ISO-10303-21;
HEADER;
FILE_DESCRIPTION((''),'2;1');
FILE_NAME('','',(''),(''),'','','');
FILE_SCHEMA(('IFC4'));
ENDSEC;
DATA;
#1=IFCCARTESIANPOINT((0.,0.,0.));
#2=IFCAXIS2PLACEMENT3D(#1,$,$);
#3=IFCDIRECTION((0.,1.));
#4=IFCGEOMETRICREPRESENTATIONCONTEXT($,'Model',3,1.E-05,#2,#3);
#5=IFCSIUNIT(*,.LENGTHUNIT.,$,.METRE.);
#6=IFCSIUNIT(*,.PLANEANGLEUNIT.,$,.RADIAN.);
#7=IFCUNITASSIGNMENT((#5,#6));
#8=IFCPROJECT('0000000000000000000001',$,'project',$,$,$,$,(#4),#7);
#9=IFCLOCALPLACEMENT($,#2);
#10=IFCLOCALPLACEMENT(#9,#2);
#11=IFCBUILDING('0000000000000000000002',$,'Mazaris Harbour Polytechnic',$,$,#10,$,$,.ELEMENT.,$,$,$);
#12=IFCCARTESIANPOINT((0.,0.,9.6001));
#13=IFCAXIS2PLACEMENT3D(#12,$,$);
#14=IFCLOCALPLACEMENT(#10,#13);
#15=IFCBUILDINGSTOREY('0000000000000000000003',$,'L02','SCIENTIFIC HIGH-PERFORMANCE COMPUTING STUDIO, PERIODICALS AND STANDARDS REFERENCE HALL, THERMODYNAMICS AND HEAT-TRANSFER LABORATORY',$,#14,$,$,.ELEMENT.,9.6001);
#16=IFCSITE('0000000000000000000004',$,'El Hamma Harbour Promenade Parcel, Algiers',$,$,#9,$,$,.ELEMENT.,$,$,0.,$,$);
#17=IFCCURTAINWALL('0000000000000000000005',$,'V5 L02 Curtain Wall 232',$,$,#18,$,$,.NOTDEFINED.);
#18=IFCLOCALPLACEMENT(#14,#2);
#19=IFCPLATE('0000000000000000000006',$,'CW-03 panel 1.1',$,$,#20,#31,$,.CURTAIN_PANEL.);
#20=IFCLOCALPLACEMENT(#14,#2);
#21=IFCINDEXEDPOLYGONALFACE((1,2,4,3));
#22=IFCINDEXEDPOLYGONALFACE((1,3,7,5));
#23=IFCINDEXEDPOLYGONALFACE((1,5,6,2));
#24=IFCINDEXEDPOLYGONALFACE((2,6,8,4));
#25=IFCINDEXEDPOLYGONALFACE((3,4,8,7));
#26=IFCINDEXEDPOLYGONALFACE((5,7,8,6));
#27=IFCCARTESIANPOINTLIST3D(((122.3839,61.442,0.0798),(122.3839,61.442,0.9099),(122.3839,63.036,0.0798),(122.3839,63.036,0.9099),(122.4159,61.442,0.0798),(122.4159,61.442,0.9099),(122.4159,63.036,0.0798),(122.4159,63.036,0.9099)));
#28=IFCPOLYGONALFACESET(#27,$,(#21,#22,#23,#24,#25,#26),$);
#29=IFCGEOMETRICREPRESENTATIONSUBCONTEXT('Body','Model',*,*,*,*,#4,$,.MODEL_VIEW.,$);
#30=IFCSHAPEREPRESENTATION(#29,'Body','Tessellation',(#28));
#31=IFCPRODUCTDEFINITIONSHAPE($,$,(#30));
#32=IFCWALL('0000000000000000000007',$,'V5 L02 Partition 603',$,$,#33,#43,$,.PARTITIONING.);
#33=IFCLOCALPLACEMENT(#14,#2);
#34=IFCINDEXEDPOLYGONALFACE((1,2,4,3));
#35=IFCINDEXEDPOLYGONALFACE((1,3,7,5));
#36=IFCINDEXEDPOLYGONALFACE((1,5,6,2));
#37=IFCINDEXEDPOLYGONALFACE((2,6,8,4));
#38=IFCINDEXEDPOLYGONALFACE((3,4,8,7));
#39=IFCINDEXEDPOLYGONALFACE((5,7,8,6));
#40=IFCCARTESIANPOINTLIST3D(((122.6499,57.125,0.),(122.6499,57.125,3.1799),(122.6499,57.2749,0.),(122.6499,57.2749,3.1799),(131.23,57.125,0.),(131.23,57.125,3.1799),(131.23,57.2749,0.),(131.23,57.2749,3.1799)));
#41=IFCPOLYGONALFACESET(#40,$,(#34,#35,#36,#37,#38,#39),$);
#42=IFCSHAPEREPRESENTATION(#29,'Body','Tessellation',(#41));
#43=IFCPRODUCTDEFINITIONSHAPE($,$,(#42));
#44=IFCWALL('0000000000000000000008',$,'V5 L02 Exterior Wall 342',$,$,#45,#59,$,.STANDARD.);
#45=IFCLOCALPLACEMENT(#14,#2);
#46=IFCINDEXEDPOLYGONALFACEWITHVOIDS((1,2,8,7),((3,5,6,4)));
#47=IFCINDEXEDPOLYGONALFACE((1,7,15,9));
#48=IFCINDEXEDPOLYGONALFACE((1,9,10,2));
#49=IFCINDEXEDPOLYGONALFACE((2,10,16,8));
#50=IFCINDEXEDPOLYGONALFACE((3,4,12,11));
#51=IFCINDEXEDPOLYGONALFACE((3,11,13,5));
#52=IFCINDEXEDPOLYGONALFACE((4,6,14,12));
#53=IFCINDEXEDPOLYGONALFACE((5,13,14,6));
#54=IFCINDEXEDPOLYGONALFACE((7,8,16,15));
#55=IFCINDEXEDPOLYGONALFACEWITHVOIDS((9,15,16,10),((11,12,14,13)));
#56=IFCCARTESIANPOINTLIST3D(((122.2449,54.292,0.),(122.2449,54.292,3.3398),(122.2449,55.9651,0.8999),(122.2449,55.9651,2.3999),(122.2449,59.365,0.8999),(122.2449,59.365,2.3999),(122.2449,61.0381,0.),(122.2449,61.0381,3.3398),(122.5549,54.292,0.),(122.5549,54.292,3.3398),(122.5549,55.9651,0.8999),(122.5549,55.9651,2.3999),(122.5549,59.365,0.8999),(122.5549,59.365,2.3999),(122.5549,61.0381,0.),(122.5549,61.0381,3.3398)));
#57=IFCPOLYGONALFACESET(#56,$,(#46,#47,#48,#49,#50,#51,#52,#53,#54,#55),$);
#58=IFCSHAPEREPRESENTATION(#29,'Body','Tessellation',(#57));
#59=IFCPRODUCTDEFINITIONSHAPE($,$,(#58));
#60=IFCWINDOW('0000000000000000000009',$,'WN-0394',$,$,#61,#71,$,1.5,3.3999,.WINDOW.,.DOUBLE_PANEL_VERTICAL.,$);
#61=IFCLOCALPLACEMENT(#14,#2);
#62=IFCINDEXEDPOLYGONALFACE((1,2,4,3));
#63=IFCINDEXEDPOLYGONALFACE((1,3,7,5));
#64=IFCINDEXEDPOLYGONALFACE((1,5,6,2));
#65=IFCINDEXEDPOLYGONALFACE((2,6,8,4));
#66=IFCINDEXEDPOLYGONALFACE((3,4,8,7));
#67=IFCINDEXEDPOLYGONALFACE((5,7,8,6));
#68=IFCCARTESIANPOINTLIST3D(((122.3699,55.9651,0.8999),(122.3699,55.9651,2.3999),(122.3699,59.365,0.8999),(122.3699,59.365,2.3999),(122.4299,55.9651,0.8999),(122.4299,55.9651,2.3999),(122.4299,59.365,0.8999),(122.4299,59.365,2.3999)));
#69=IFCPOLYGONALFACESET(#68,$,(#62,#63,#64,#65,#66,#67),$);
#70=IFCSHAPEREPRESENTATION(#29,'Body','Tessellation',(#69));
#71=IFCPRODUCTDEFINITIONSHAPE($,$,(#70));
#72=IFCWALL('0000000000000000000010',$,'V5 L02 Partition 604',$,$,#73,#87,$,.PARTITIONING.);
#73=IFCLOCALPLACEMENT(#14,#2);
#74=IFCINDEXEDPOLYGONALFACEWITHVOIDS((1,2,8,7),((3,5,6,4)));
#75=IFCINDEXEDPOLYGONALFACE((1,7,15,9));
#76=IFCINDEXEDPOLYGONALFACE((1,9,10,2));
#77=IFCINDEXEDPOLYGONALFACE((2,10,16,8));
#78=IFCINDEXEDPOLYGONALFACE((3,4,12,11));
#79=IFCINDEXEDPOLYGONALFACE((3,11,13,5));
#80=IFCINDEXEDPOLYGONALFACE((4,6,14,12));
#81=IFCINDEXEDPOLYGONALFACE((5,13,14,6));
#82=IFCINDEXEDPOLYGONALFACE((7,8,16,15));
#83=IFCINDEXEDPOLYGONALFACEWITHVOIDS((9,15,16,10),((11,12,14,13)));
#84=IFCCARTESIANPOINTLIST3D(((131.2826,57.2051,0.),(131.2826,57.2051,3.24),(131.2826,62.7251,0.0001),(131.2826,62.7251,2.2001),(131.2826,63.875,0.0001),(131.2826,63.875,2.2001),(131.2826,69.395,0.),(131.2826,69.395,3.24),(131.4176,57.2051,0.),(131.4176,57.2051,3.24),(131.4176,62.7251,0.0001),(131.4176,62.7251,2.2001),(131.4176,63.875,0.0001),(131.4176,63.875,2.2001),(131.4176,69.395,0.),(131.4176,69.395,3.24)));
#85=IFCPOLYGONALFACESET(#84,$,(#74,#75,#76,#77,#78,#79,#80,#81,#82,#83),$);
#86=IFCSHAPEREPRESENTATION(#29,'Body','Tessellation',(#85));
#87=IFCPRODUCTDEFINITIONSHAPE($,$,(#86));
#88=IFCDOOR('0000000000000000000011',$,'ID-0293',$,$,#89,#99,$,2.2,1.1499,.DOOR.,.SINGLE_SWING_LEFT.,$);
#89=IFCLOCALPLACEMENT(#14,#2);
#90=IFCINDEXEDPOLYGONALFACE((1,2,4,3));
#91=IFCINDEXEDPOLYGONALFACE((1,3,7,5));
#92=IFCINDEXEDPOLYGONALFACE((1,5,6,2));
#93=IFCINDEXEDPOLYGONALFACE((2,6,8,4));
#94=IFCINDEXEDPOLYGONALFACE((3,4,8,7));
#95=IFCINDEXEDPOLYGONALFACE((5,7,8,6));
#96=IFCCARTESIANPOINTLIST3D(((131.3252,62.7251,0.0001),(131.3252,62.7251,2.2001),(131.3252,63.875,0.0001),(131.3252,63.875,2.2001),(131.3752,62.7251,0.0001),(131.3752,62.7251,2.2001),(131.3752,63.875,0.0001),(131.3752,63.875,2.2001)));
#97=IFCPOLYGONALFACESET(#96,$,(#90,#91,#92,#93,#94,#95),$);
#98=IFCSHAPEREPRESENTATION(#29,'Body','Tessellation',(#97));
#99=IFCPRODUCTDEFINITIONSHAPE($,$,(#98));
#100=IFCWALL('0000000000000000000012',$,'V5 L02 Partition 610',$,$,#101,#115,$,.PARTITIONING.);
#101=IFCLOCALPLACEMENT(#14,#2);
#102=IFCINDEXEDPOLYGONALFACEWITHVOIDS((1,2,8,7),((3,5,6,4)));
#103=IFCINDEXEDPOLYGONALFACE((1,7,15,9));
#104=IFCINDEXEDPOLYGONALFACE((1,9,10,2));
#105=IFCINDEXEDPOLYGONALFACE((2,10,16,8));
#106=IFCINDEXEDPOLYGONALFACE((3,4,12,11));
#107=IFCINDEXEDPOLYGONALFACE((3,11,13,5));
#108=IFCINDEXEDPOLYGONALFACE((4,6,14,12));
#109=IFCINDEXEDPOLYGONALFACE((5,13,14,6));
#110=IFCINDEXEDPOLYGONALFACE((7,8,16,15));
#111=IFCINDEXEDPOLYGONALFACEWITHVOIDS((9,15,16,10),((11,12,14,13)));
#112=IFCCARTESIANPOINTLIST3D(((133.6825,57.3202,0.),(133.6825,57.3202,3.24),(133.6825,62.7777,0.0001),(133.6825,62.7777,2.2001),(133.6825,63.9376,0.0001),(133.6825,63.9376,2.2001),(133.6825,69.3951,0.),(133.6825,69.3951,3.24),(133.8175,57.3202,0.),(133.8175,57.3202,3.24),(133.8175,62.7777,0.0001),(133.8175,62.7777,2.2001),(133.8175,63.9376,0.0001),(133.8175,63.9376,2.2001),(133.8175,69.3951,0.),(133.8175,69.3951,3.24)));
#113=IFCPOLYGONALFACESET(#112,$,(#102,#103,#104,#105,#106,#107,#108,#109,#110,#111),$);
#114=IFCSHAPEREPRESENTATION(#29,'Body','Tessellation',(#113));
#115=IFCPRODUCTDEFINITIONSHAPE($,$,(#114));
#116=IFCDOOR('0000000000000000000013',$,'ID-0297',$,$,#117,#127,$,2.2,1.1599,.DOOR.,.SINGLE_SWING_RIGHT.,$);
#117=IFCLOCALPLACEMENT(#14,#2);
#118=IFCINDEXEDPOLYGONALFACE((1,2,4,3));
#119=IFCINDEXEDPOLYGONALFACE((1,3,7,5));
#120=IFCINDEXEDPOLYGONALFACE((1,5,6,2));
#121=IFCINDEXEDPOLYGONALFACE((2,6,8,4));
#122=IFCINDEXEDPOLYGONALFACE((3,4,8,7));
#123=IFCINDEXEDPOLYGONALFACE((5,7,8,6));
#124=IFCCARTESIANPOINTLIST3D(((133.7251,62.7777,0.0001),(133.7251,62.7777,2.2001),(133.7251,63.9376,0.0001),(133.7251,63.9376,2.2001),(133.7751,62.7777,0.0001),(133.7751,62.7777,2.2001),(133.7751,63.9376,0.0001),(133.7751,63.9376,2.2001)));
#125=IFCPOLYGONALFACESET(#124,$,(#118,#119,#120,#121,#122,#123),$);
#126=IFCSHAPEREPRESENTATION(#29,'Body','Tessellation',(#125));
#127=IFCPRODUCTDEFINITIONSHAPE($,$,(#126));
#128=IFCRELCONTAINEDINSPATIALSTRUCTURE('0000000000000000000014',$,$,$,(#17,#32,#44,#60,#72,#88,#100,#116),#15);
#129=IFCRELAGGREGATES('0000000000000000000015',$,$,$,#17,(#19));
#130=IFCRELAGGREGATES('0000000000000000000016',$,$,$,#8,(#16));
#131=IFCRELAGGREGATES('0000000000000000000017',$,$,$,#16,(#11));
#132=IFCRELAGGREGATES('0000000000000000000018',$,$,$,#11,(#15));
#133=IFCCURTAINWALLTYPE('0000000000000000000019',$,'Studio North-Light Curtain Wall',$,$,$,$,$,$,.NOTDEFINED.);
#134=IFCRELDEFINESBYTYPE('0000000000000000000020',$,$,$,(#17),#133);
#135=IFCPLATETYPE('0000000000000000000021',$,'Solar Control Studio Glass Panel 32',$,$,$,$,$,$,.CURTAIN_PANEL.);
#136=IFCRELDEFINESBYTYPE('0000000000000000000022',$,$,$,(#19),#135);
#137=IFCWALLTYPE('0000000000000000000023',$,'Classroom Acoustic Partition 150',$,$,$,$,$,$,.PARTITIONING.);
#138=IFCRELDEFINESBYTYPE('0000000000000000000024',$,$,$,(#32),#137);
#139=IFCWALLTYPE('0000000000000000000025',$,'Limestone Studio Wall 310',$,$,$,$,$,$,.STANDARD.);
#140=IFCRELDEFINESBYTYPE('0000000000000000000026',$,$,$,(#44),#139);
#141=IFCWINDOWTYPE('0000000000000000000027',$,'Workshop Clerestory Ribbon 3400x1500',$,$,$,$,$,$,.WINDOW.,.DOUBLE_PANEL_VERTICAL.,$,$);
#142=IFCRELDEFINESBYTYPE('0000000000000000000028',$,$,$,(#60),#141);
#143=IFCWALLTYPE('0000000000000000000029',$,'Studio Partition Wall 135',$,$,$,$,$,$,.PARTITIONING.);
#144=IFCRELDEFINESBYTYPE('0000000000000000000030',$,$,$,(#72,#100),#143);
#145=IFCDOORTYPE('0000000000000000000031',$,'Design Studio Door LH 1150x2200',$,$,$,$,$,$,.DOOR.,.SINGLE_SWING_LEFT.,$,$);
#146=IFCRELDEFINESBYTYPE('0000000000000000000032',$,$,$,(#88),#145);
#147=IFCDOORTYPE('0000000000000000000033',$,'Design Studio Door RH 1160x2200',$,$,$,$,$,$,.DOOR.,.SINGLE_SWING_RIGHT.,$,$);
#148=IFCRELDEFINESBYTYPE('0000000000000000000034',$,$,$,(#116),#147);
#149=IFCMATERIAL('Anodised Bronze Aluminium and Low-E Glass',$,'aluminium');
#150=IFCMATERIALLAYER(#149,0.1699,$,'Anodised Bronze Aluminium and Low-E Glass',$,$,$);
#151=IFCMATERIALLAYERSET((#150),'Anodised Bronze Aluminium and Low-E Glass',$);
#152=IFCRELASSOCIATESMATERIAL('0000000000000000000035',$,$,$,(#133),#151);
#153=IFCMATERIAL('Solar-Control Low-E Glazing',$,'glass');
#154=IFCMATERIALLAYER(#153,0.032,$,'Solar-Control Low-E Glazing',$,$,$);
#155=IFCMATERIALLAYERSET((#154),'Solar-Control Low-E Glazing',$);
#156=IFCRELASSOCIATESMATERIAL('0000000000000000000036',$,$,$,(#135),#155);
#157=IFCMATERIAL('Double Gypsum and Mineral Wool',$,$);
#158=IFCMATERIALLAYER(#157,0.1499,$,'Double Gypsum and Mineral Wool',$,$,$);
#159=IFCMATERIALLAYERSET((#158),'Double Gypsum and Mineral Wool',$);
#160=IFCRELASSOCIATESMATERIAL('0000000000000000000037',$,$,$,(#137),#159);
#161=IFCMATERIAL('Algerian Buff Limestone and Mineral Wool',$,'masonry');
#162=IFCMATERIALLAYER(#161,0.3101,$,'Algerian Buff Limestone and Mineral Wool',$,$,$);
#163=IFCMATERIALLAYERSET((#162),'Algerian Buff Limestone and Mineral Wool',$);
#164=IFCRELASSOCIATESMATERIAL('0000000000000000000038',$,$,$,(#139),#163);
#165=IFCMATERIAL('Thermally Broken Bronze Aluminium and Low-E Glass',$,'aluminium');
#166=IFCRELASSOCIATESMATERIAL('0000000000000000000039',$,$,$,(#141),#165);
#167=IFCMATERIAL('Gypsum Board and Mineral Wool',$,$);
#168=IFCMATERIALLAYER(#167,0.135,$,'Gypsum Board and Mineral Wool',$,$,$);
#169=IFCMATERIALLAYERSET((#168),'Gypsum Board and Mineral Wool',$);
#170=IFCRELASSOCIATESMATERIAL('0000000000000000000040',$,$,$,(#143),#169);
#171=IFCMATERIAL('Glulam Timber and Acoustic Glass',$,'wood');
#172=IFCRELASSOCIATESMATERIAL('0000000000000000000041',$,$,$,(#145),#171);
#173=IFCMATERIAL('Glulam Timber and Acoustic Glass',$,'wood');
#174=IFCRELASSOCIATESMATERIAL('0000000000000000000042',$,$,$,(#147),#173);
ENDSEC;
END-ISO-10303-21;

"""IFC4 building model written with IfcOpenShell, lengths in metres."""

from ifc_helpers import new_model, si_unit, direction, frame, frame_2d, origin, origin_2d, place, context, subcontext, project, spatial, rectangle, extrude, material, layer, layer_set, type_object, element, fill, aggregate, save


model = new_model("IFC4")

# Units and contexts
model_context = context("Model", 3, precision=1e-05, world=origin(), true_north=direction((0.0, 1.0)))
body_context = subcontext(model_context, "Body", "Model", "MODEL_VIEW")
ifc_project = project(units=[si_unit("LENGTHUNIT", "METRE"), si_unit("PLANEANGLEUNIT", "RADIAN")], contexts=[model_context])

# Site, building, storey
site_placement = place(None, origin())
site = spatial("IfcSite", under=ifc_project, at=site_placement, Name="El Hamma Harbour Promenade Parcel, Algiers", CompositionType="ELEMENT", RefElevation=0.0)
building_placement = place(site_placement, origin())
building = spatial("IfcBuilding", under=site, at=building_placement, Name="Mazaris Harbour Polytechnic", CompositionType="ELEMENT")
storey_placement = place(building_placement, frame((0.0, 0.0, 9.6001)))
storey = spatial("IfcBuildingStorey", under=building, at=storey_placement, Name="L02", Description="SCIENTIFIC HIGH-PERFORMANCE COMPUTING STUDIO, PERIODICALS AND STANDARDS REFERENCE HALL, THERMODYNAMICS AND HEAT-TRANSFER LABORATORY", CompositionType="ELEMENT", Elevation=9.6001)

# Curtain wall
ifc_material_1 = material(Name="Anodised Bronze Aluminium and Low-E Glass", Category="aluminium")
ifc_layer_1 = layer(ifc_material_1, 0.1699, Name="Anodised Bronze Aluminium and Low-E Glass")
ifc_layer_set_1 = layer_set([ifc_layer_1], Name="Anodised Bronze Aluminium and Low-E Glass")
curtain_wall_type = type_object("IfcCurtainWallType", Name="Studio North-Light Curtain Wall", PredefinedType="NOTDEFINED", material=ifc_layer_set_1)
curtain_wall_placement = place(storey_placement, origin())
curtain_wall = element("IfcCurtainWall", 1, at=curtain_wall_placement, inside=storey, type_object=curtain_wall_type, Name="V5 L02 Curtain Wall 232", PredefinedType="NOTDEFINED")

# Plate
ifc_material_2 = material(Name="Solar-Control Low-E Glazing", Category="glass")
ifc_layer_2 = layer(ifc_material_2, 0.032, Name="Solar-Control Low-E Glazing")
ifc_layer_set_2 = layer_set([ifc_layer_2], Name="Solar-Control Low-E Glazing")
plate_type = type_object("IfcPlateType", Name="Solar Control Studio Glass Panel 32", PredefinedType="CURTAIN_PANEL", material=ifc_layer_set_2)
plate_placement = place(storey_placement, frame((122.3999, 62.239, 0.0798), z_axis=(0.0, 0.0, 1.0), x_axis=(0.0, 1.0, 0.0)))
plate = element("IfcPlate", 2, at=plate_placement, type_object=plate_type, Name="CW-03 panel 1.1", PredefinedType="CURTAIN_PANEL", context=body_context, shape_type="SweptSolid", body=[
    extrude(rectangle(XDim=1.594, YDim=0.032, at=origin_2d()), origin(), (0.0, 0.0, 1.0), 0.8301),
])
aggregate(curtain_wall, [plate])

# Wall
ifc_material_3 = material(Name="Double Gypsum and Mineral Wool")
ifc_layer_3 = layer(ifc_material_3, 0.1499, Name="Double Gypsum and Mineral Wool")
ifc_layer_set_3 = layer_set([ifc_layer_3], Name="Double Gypsum and Mineral Wool")
wall_type_1 = type_object("IfcWallType", Name="Classroom Acoustic Partition 150", PredefinedType="PARTITIONING", material=ifc_layer_set_3)
wall_1_placement = place(storey_placement, frame((122.6499, 57.2, 0.0), z_axis=(0.0, 0.0, 1.0), x_axis=(1.0, 0.0, 0.0)))
element("IfcWall", 3, at=wall_1_placement, inside=storey, type_object=wall_type_1, Name="V5 L02 Partition 603", PredefinedType="PARTITIONING", context=body_context, shape_type="SweptSolid", body=[
    extrude(rectangle(XDim=8.5801, YDim=0.1499, at=frame_2d((4.29, 0.0))), origin(), (0.0, 0.0, 1.0), 3.1799),
])

# Wall, opening, window
ifc_material_4 = material(Name="Algerian Buff Limestone and Mineral Wool", Category="masonry")
ifc_layer_4 = layer(ifc_material_4, 0.3101, Name="Algerian Buff Limestone and Mineral Wool")
ifc_layer_set_4 = layer_set([ifc_layer_4], Name="Algerian Buff Limestone and Mineral Wool")
wall_type_2 = type_object("IfcWallType", Name="Limestone Studio Wall 310", PredefinedType="STANDARD", material=ifc_layer_set_4)
wall_2_placement = place(storey_placement, frame((122.3999, 54.292, 0.0), z_axis=(0.0, 0.0, 1.0), x_axis=(0.0, 1.0, 0.0)))
wall_2 = element("IfcWall", 4, at=wall_2_placement, inside=storey, type_object=wall_type_2, Name="V5 L02 Exterior Wall 342", PredefinedType="STANDARD", context=body_context, shape_type="SweptSolid", body=[
    extrude(rectangle(XDim=6.7461, YDim=0.3101, at=frame_2d((3.373, 0.0))), origin(), (0.0, 0.0, 1.0), 3.3398),
])
opening_1_placement = place(wall_2_placement, frame((1.6731, 0.0, 0.8999)))
opening_1 = element("IfcOpeningElement", 5, at=opening_1_placement, cuts=wall_2, PredefinedType="OPENING", context=body_context, shape_type="SweptSolid", body=[
    extrude(rectangle(XDim=3.3999, YDim=1.5, at=frame_2d((1.7, 0.75))), frame((0.0, 0.165, 0.0), z_axis=(0.0, -1.0, 0.0), x_axis=(1.0, 0.0, 0.0)), (0.0, 0.0, 1.0), 0.3301),
])
ifc_material_5 = material(Name="Thermally Broken Bronze Aluminium and Low-E Glass", Category="aluminium")
window_type = type_object("IfcWindowType", Name="Workshop Clerestory Ribbon 3400x1500", PartitioningType="DOUBLE_PANEL_VERTICAL", PredefinedType="WINDOW", material=ifc_material_5)
window_placement = place(opening_1_placement, origin())
window = element("IfcWindow", 6, at=window_placement, inside=storey, type_object=window_type, Name="WN-0394", OverallHeight=1.5, OverallWidth=3.3999, PartitioningType="DOUBLE_PANEL_VERTICAL", PredefinedType="WINDOW", context=body_context, shape_type="SweptSolid", body=[
    extrude(rectangle(XDim=3.3999, YDim=1.5, at=frame_2d((1.7, 0.75))), frame((0.0, 0.03, 0.0), z_axis=(0.0, -1.0, 0.0), x_axis=(1.0, 0.0, 0.0)), (0.0, 0.0, 1.0), 0.0601),
])
fill(opening_1, window)

# Walls, openings, doors
ifc_material_6 = material(Name="Gypsum Board and Mineral Wool")
ifc_layer_5 = layer(ifc_material_6, 0.135, Name="Gypsum Board and Mineral Wool")
ifc_layer_set_5 = layer_set([ifc_layer_5], Name="Gypsum Board and Mineral Wool")
wall_type_3 = type_object("IfcWallType", Name="Studio Partition Wall 135", PredefinedType="PARTITIONING", material=ifc_layer_set_5)
wall_3_placement = place(storey_placement, frame((131.3501, 57.2051, 0.0), z_axis=(0.0, 0.0, 1.0), x_axis=(0.0, 1.0, 0.0)))
wall_3 = element("IfcWall", 7, at=wall_3_placement, inside=storey, type_object=wall_type_3, Name="V5 L02 Partition 604", PredefinedType="PARTITIONING", context=body_context, shape_type="SweptSolid", body=[
    extrude(rectangle(XDim=12.1899, YDim=0.135, at=frame_2d((6.095, 0.0))), origin(), (0.0, 0.0, 1.0), 3.24),
])
opening_2_placement = place(wall_3_placement, frame((5.52, 0.0, 0.0)))
opening_2 = element("IfcOpeningElement", 8, at=opening_2_placement, cuts=wall_3, PredefinedType="OPENING", context=body_context, shape_type="SweptSolid", body=[
    extrude(rectangle(XDim=1.1499, YDim=2.2, at=frame_2d((0.575, 1.1001))), frame((0.0, 0.0774, 0.0), z_axis=(0.0, -1.0, 0.0), x_axis=(1.0, 0.0, 0.0)), (0.0, 0.0, 1.0), 0.155),
])
ifc_material_7 = material(Name="Glulam Timber and Acoustic Glass", Category="wood")
door_type_1 = type_object("IfcDoorType", Name="Design Studio Door LH 1150x2200", OperationType="SINGLE_SWING_LEFT", PredefinedType="DOOR", material=ifc_material_7)
door_1_placement = place(opening_2_placement, origin())
door_1 = element("IfcDoor", 9, at=door_1_placement, inside=storey, type_object=door_type_1, Name="ID-0293", OperationType="SINGLE_SWING_LEFT", OverallHeight=2.2, OverallWidth=1.1499, PredefinedType="DOOR", context=body_context, shape_type="SweptSolid", body=[
    extrude(rectangle(XDim=1.1499, YDim=2.2, at=frame_2d((0.575, 1.1001))), frame((0.0, 0.0249, 0.0), z_axis=(0.0, -1.0, 0.0), x_axis=(1.0, 0.0, 0.0)), (0.0, 0.0, 1.0), 0.05),
])
fill(opening_2, door_1)
wall_4_placement = place(storey_placement, frame((133.75, 57.3201, 0.0), z_axis=(0.0, 0.0, 1.0), x_axis=(0.0, 1.0, 0.0)))
wall_4 = element("IfcWall", 10, at=wall_4_placement, inside=storey, type_object=wall_type_3, Name="V5 L02 Partition 610", PredefinedType="PARTITIONING", context=body_context, shape_type="SweptSolid", body=[
    extrude(rectangle(XDim=12.075, YDim=0.135, at=frame_2d((6.0376, 0.0))), origin(), (0.0, 0.0, 1.0), 3.24),
])
opening_3_placement = place(wall_4_placement, frame((5.4575, 0.0, 0.0)))
opening_3 = element("IfcOpeningElement", 11, at=opening_3_placement, cuts=wall_4, PredefinedType="OPENING", context=body_context, shape_type="SweptSolid", body=[
    extrude(rectangle(XDim=1.1599, YDim=2.2, at=frame_2d((0.5801, 1.1001))), frame((0.0, 0.0774, 0.0), z_axis=(0.0, -1.0, 0.0), x_axis=(1.0, 0.0, 0.0)), (0.0, 0.0, 1.0), 0.155),
])
ifc_material_8 = material(Name="Glulam Timber and Acoustic Glass", Category="wood")
door_type_2 = type_object("IfcDoorType", Name="Design Studio Door RH 1160x2200", OperationType="SINGLE_SWING_RIGHT", PredefinedType="DOOR", material=ifc_material_8)
door_2_placement = place(opening_3_placement, origin())
door_2 = element("IfcDoor", 12, at=door_2_placement, inside=storey, type_object=door_type_2, Name="ID-0297", OperationType="SINGLE_SWING_RIGHT", OverallHeight=2.2, OverallWidth=1.1599, PredefinedType="DOOR", context=body_context, shape_type="SweptSolid", body=[
    extrude(rectangle(XDim=1.1599, YDim=2.2, at=frame_2d((0.5801, 1.1001))), frame((0.0, 0.0249, 0.0), z_axis=(0.0, -1.0, 0.0), x_axis=(1.0, 0.0, 0.0)), (0.0, 0.0, 1.0), 0.05),
])
fill(opening_3, door_2)

save(model, "model.ifc")
